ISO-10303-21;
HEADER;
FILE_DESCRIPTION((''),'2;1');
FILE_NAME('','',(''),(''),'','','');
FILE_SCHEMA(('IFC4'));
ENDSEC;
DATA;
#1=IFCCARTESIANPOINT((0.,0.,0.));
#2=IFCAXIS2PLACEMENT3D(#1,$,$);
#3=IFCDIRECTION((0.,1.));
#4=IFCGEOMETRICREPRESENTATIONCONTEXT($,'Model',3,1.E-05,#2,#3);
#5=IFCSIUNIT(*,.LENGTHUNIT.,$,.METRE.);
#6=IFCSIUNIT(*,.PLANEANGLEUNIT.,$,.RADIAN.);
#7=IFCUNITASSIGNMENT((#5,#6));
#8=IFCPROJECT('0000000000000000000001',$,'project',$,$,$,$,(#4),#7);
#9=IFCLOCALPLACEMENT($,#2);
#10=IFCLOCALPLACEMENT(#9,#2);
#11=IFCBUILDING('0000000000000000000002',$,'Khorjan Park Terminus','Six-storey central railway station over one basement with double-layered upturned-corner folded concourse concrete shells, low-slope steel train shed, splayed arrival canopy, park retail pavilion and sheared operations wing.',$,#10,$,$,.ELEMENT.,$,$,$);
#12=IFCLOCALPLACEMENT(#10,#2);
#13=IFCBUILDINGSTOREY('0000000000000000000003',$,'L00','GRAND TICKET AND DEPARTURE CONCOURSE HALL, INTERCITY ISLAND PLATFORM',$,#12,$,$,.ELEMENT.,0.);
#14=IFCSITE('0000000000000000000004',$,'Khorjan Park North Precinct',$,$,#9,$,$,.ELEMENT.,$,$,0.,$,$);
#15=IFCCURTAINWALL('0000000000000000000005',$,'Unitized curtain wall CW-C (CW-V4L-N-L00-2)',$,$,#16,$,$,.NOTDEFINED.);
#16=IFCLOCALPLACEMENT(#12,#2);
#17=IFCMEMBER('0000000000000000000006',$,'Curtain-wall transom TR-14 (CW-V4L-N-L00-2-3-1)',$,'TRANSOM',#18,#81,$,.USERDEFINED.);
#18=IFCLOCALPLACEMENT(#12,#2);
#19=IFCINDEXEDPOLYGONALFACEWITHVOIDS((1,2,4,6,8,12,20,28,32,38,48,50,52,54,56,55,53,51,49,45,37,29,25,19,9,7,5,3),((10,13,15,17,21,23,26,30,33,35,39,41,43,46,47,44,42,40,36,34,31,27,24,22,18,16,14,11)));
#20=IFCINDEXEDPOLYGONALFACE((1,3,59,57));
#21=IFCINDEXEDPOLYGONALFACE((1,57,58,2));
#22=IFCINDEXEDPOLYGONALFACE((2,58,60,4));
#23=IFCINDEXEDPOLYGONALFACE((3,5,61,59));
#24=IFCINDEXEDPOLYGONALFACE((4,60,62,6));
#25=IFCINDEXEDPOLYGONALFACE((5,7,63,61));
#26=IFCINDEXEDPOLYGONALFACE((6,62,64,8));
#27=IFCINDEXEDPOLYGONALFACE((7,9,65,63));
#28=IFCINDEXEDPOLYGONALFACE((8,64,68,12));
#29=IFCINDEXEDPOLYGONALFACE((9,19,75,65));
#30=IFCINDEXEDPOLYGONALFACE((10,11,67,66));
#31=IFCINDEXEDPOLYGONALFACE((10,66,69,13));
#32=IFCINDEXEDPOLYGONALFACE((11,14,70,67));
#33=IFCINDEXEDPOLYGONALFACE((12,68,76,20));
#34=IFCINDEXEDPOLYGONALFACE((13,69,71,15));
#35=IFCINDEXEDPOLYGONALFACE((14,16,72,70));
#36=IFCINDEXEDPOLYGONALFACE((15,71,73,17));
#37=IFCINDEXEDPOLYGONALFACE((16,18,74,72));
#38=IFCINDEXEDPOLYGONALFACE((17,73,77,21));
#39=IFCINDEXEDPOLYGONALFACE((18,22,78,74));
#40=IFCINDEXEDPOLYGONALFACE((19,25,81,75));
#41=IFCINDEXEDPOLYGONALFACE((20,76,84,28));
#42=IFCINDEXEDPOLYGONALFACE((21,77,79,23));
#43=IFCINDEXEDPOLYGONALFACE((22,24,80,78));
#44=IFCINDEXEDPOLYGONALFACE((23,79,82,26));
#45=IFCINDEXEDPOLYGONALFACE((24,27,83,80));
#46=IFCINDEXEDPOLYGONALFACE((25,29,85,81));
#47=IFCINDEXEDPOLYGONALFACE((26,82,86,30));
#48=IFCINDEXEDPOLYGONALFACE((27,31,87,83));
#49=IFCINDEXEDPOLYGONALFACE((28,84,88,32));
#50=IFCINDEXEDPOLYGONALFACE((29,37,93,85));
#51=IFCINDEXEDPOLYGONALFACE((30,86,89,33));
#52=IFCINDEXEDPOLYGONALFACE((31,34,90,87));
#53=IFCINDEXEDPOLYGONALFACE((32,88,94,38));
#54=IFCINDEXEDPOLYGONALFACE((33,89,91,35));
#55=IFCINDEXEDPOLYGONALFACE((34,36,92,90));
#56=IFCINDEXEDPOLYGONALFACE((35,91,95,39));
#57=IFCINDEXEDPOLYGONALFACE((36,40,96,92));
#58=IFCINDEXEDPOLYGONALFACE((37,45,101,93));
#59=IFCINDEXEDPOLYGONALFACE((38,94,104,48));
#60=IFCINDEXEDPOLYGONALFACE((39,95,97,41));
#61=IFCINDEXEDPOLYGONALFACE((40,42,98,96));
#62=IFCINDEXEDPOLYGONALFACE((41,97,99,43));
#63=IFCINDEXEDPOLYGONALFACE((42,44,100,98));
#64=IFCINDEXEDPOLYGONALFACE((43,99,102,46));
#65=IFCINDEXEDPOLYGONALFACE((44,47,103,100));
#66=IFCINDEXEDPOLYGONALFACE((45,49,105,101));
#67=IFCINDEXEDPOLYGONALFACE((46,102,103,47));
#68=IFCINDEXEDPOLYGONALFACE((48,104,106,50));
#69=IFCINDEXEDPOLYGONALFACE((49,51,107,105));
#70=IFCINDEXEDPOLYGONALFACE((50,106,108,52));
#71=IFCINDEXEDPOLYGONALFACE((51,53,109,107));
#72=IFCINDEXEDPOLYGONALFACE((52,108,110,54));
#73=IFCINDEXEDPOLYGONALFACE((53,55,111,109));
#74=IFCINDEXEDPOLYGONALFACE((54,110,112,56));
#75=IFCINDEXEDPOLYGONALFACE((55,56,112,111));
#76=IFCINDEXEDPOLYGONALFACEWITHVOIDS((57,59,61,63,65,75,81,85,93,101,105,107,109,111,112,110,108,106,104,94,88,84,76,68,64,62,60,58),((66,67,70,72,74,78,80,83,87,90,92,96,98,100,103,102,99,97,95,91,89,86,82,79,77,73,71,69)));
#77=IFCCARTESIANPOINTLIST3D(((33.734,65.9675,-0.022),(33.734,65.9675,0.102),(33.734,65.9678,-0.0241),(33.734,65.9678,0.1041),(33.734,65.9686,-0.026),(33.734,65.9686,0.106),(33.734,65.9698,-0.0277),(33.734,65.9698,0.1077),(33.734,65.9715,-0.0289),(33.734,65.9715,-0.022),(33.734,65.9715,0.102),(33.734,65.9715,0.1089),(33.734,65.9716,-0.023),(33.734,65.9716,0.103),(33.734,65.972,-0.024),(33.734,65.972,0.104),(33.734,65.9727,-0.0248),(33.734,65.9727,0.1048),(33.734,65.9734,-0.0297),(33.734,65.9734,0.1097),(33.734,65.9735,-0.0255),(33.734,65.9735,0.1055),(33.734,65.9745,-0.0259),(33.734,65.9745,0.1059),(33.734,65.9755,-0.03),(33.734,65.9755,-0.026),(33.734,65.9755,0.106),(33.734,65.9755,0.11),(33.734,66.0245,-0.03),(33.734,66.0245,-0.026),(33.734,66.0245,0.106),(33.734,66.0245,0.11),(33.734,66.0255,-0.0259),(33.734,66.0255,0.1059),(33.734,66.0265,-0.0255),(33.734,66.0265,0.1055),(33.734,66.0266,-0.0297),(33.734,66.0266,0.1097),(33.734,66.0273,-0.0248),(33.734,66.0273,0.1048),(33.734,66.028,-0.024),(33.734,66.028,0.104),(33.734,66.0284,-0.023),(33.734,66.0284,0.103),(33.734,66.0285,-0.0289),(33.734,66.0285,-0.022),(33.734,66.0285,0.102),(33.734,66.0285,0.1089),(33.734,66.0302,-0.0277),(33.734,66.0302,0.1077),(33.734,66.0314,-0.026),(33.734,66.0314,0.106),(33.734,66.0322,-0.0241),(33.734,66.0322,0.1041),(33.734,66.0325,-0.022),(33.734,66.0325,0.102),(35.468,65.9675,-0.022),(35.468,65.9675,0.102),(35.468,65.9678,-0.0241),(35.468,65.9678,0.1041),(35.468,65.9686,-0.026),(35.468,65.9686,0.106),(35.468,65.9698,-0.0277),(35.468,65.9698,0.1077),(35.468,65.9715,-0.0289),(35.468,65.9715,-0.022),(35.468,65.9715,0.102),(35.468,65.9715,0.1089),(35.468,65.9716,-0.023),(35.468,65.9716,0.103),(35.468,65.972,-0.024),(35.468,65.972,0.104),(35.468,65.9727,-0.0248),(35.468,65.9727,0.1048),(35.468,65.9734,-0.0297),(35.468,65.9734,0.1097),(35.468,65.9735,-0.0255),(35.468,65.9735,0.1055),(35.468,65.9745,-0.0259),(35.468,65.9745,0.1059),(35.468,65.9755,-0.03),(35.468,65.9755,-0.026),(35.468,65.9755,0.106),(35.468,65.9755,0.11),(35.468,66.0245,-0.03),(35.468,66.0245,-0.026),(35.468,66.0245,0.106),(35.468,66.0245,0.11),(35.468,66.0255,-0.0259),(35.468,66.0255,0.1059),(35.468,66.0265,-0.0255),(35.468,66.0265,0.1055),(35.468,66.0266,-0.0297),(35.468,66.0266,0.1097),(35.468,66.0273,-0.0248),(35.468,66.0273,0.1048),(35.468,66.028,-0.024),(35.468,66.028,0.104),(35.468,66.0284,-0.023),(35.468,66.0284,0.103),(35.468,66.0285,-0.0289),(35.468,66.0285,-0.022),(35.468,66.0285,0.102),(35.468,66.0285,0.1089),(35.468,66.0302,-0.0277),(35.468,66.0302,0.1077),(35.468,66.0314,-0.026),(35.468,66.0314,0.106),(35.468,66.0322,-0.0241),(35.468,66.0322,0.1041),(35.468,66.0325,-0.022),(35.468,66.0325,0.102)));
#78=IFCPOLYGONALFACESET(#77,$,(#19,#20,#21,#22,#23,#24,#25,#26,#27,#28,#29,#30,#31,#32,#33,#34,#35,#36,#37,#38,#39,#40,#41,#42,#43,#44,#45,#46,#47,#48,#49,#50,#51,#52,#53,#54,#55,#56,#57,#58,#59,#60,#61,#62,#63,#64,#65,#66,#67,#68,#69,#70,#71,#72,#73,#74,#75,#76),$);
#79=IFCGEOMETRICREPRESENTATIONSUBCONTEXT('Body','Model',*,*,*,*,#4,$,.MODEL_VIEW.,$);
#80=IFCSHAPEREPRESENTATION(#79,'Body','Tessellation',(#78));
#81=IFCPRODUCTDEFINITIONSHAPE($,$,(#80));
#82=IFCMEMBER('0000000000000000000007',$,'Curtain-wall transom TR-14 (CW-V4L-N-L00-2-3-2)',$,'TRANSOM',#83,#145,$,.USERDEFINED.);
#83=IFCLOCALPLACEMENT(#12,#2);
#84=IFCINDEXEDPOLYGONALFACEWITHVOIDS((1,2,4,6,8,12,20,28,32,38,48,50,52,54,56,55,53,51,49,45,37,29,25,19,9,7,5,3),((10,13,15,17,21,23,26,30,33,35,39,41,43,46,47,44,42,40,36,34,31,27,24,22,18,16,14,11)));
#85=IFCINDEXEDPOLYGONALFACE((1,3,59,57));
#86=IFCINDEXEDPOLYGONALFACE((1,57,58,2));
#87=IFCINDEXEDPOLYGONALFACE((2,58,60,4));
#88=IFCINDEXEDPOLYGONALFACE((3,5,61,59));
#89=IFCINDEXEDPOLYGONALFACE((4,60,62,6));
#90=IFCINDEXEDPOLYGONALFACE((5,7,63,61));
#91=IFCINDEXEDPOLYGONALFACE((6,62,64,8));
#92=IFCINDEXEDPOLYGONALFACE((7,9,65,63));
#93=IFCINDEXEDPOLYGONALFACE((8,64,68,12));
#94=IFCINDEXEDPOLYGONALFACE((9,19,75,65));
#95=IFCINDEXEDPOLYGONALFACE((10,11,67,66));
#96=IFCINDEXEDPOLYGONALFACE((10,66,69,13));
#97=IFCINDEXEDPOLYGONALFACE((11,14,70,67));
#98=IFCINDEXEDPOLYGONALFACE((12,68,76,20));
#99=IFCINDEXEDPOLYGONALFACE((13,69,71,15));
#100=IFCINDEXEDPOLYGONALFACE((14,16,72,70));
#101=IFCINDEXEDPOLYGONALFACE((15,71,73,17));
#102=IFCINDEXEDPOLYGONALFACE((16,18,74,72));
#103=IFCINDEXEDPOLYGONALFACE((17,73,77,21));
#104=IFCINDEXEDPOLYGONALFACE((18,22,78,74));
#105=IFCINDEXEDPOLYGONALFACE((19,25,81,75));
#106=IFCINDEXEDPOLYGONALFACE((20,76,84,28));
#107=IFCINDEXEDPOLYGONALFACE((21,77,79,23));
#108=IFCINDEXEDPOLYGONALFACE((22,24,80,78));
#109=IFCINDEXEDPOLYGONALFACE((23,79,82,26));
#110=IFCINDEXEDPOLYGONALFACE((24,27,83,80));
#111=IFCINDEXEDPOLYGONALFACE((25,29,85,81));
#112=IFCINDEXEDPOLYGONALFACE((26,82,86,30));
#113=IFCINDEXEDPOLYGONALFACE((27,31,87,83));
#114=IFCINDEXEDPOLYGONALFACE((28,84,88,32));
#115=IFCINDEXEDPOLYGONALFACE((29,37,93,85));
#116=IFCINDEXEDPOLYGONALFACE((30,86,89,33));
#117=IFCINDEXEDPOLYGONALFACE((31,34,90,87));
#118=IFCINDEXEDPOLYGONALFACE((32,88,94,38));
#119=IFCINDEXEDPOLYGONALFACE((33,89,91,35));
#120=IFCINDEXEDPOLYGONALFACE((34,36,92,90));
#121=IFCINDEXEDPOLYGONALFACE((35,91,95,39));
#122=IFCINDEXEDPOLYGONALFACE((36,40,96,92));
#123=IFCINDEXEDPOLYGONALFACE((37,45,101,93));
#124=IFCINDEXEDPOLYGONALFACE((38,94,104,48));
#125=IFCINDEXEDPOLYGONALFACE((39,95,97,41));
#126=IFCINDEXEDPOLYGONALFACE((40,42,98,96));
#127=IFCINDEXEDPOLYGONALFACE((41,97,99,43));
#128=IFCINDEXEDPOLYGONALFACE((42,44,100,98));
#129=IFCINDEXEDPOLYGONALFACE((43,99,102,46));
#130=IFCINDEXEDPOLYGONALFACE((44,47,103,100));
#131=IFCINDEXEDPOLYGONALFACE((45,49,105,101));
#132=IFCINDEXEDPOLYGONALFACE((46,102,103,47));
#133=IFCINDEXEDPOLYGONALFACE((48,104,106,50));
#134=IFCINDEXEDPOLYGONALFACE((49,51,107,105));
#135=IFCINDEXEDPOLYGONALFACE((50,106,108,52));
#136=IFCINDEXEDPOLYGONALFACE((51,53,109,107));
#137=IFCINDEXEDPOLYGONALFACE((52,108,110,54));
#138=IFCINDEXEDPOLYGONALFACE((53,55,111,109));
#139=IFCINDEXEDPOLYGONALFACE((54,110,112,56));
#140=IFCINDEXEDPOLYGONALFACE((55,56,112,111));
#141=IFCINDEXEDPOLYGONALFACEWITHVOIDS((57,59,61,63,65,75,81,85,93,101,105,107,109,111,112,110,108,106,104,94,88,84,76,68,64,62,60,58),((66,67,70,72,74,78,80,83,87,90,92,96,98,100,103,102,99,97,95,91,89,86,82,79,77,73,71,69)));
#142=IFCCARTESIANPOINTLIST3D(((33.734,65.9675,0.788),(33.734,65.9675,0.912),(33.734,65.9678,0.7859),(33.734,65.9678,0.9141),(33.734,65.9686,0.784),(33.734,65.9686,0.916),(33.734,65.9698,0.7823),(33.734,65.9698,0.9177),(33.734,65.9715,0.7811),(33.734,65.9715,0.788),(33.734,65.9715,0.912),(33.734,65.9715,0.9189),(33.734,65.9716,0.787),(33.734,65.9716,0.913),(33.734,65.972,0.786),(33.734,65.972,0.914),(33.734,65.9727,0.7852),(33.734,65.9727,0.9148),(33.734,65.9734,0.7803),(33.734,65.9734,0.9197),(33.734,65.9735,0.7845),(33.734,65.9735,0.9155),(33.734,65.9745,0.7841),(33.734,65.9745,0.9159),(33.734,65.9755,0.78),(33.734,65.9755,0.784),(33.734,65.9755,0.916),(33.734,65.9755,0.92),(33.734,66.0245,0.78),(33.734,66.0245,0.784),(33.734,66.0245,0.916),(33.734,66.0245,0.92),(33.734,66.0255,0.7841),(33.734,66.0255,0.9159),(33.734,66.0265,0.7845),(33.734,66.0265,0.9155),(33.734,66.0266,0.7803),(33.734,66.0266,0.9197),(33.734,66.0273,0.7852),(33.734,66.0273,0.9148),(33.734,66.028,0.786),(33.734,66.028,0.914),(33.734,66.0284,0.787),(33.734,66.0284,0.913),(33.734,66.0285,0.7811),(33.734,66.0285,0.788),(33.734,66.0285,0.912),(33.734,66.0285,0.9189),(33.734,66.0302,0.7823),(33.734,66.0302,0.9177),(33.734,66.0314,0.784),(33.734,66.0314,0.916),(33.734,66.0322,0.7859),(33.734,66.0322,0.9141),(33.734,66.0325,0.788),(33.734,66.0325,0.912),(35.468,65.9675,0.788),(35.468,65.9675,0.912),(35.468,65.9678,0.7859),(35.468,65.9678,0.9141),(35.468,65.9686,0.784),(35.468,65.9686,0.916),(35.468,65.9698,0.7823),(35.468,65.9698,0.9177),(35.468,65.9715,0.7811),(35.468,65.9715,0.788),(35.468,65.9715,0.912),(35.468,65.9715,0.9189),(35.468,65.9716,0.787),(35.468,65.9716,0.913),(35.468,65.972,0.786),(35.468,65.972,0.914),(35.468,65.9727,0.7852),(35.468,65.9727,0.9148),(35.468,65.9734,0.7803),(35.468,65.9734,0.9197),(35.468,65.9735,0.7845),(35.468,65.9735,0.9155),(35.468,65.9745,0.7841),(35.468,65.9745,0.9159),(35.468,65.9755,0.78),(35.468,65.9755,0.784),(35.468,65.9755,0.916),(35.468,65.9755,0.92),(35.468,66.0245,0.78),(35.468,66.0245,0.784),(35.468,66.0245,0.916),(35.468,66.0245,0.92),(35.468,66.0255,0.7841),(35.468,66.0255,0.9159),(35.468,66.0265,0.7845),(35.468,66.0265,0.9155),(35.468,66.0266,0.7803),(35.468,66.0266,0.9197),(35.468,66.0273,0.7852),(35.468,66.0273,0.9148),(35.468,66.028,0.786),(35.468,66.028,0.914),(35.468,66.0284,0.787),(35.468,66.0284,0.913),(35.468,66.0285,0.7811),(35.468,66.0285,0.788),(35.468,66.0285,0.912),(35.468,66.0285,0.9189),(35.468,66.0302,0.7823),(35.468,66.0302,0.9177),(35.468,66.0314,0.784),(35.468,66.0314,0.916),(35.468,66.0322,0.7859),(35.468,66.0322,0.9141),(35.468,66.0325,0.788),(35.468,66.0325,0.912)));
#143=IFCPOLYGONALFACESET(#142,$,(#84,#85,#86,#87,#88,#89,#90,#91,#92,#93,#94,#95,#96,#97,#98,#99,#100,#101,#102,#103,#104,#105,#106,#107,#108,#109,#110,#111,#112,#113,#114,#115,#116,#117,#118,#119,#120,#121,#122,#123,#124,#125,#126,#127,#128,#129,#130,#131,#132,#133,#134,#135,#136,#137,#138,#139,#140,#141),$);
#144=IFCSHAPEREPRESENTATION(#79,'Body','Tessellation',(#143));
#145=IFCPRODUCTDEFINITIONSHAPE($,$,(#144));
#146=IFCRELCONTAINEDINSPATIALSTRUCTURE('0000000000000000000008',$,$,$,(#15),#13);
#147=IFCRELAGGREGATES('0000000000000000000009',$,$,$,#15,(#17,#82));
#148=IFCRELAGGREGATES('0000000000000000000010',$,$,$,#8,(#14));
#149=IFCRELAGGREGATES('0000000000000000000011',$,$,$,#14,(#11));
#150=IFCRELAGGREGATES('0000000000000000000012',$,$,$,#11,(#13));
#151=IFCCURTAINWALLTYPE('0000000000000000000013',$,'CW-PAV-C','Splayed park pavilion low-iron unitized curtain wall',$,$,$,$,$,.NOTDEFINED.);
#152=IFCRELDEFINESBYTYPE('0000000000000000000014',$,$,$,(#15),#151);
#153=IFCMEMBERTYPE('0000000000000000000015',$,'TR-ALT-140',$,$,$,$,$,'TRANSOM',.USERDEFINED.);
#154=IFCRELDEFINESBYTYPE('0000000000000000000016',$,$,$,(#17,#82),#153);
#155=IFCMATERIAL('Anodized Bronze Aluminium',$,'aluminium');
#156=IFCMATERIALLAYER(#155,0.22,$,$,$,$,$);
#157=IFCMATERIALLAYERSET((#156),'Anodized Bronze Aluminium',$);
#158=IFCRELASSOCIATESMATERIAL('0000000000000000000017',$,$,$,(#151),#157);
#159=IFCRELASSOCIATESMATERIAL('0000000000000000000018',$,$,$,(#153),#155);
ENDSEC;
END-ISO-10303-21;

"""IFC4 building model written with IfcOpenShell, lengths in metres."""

from ifc_helpers import new_model, si_unit, direction, frame, origin, origin_2d, place, context, subcontext, project, spatial, hollow_rectangle, extrude, material, layer, layer_set, material_profile, profile_set, type_object, element, aggregate, save


model = new_model("IFC4")

# Units and contexts
model_context = context("Model", 3, precision=1e-05, world=origin(), true_north=direction((0.0, 1.0)))
body_context = subcontext(model_context, "Body", "Model", "MODEL_VIEW")
ifc_project = project(units=[si_unit("LENGTHUNIT", "METRE"), si_unit("PLANEANGLEUNIT", "RADIAN")], contexts=[model_context])

# Site, building, storey
site_placement = place(None, origin())
site = spatial("IfcSite", under=ifc_project, at=site_placement, Name="Khorjan Park North Precinct", CompositionType="ELEMENT", RefElevation=0.0)
building_placement = place(site_placement, origin())
building = spatial("IfcBuilding", under=site, at=building_placement, Name="Khorjan Park Terminus", Description="Six-storey central railway station over one basement with double-layered upturned-corner folded concourse concrete shells, low-slope steel train shed, splayed arrival canopy, park retail pavilion and sheared operations wing.", CompositionType="ELEMENT")
storey_placement = place(building_placement, origin())
storey = spatial("IfcBuildingStorey", under=building, at=storey_placement, Name="L00", Description="GRAND TICKET AND DEPARTURE CONCOURSE HALL, INTERCITY ISLAND PLATFORM", CompositionType="ELEMENT", Elevation=0.0)

# Shared definitions
ifc_material_1 = material(Name="Anodized Bronze Aluminium", Category="aluminium")
ifc_layer_1 = layer(ifc_material_1, 0.22)
ifc_layer_set_1 = layer_set([ifc_layer_1], Name="Anodized Bronze Aluminium")
curtain_wall_type = type_object("IfcCurtainWallType", Name="CW-PAV-C", Description="Splayed park pavilion low-iron unitized curtain wall", PredefinedType="NOTDEFINED", material=ifc_layer_set_1)

# Curtain wall
curtain_wall_1_placement = place(storey_placement, origin())
curtain_wall_1 = element("IfcCurtainWall", 1, at=curtain_wall_1_placement, inside=storey, type_object=curtain_wall_type, Name="Unitized curtain wall CW-C (CW-V4L-N-L00-2)", PredefinedType="NOTDEFINED")

# Members
ifc_material_profile_1 = material_profile(ifc_material_1, hollow_rectangle(XDim=0.065, YDim=0.14, WallThickness=0.004, InnerFilletRadius=0.004, OuterFilletRadius=0.008, at=origin_2d()), Name="ALT 65x140x4")
ifc_profile_set_1 = profile_set([ifc_material_profile_1], Name="Anodized Bronze Aluminium")
member_type_1 = type_object("IfcMemberType", Name="TR-ALT-140", ElementType="TRANSOM", PredefinedType="USERDEFINED", material=ifc_profile_set_1)
member_1_placement = place(storey_placement, frame((35.468, 66.0, 0.04), z_axis=(-1.0, 0.0, 0.0), x_axis=(0.0, -1.0, 0.0)))
member_1 = element("IfcMember", 2, at=member_1_placement, type_object=member_type_1, Name="Curtain-wall transom TR-14 (CW-V4L-N-L00-2-3-1)", ObjectType="TRANSOM", PredefinedType="USERDEFINED", context=body_context, shape_type="SweptSolid", body=[
    extrude(hollow_rectangle(XDim=0.065, YDim=0.14, WallThickness=0.004, InnerFilletRadius=0.004, OuterFilletRadius=0.008, at=origin_2d()), origin(), (0.0, 0.0, 1.0), 1.734),
])
member_2_placement = place(storey_placement, frame((35.468, 66.0, 0.85), z_axis=(-1.0, 0.0, 0.0), x_axis=(0.0, -1.0, 0.0)))
member_2 = element("IfcMember", 3, at=member_2_placement, type_object=member_type_1, Name="Curtain-wall transom TR-14 (CW-V4L-N-L00-2-3-2)", ObjectType="TRANSOM", PredefinedType="USERDEFINED", context=body_context, shape_type="SweptSolid", body=[
    extrude(hollow_rectangle(XDim=0.065, YDim=0.14, WallThickness=0.004, InnerFilletRadius=0.004, OuterFilletRadius=0.008, at=origin_2d()), origin(), (0.0, 0.0, 1.0), 1.734),
])

aggregate(curtain_wall_1, [member_1, member_2])

save(model, "model.ifc")
